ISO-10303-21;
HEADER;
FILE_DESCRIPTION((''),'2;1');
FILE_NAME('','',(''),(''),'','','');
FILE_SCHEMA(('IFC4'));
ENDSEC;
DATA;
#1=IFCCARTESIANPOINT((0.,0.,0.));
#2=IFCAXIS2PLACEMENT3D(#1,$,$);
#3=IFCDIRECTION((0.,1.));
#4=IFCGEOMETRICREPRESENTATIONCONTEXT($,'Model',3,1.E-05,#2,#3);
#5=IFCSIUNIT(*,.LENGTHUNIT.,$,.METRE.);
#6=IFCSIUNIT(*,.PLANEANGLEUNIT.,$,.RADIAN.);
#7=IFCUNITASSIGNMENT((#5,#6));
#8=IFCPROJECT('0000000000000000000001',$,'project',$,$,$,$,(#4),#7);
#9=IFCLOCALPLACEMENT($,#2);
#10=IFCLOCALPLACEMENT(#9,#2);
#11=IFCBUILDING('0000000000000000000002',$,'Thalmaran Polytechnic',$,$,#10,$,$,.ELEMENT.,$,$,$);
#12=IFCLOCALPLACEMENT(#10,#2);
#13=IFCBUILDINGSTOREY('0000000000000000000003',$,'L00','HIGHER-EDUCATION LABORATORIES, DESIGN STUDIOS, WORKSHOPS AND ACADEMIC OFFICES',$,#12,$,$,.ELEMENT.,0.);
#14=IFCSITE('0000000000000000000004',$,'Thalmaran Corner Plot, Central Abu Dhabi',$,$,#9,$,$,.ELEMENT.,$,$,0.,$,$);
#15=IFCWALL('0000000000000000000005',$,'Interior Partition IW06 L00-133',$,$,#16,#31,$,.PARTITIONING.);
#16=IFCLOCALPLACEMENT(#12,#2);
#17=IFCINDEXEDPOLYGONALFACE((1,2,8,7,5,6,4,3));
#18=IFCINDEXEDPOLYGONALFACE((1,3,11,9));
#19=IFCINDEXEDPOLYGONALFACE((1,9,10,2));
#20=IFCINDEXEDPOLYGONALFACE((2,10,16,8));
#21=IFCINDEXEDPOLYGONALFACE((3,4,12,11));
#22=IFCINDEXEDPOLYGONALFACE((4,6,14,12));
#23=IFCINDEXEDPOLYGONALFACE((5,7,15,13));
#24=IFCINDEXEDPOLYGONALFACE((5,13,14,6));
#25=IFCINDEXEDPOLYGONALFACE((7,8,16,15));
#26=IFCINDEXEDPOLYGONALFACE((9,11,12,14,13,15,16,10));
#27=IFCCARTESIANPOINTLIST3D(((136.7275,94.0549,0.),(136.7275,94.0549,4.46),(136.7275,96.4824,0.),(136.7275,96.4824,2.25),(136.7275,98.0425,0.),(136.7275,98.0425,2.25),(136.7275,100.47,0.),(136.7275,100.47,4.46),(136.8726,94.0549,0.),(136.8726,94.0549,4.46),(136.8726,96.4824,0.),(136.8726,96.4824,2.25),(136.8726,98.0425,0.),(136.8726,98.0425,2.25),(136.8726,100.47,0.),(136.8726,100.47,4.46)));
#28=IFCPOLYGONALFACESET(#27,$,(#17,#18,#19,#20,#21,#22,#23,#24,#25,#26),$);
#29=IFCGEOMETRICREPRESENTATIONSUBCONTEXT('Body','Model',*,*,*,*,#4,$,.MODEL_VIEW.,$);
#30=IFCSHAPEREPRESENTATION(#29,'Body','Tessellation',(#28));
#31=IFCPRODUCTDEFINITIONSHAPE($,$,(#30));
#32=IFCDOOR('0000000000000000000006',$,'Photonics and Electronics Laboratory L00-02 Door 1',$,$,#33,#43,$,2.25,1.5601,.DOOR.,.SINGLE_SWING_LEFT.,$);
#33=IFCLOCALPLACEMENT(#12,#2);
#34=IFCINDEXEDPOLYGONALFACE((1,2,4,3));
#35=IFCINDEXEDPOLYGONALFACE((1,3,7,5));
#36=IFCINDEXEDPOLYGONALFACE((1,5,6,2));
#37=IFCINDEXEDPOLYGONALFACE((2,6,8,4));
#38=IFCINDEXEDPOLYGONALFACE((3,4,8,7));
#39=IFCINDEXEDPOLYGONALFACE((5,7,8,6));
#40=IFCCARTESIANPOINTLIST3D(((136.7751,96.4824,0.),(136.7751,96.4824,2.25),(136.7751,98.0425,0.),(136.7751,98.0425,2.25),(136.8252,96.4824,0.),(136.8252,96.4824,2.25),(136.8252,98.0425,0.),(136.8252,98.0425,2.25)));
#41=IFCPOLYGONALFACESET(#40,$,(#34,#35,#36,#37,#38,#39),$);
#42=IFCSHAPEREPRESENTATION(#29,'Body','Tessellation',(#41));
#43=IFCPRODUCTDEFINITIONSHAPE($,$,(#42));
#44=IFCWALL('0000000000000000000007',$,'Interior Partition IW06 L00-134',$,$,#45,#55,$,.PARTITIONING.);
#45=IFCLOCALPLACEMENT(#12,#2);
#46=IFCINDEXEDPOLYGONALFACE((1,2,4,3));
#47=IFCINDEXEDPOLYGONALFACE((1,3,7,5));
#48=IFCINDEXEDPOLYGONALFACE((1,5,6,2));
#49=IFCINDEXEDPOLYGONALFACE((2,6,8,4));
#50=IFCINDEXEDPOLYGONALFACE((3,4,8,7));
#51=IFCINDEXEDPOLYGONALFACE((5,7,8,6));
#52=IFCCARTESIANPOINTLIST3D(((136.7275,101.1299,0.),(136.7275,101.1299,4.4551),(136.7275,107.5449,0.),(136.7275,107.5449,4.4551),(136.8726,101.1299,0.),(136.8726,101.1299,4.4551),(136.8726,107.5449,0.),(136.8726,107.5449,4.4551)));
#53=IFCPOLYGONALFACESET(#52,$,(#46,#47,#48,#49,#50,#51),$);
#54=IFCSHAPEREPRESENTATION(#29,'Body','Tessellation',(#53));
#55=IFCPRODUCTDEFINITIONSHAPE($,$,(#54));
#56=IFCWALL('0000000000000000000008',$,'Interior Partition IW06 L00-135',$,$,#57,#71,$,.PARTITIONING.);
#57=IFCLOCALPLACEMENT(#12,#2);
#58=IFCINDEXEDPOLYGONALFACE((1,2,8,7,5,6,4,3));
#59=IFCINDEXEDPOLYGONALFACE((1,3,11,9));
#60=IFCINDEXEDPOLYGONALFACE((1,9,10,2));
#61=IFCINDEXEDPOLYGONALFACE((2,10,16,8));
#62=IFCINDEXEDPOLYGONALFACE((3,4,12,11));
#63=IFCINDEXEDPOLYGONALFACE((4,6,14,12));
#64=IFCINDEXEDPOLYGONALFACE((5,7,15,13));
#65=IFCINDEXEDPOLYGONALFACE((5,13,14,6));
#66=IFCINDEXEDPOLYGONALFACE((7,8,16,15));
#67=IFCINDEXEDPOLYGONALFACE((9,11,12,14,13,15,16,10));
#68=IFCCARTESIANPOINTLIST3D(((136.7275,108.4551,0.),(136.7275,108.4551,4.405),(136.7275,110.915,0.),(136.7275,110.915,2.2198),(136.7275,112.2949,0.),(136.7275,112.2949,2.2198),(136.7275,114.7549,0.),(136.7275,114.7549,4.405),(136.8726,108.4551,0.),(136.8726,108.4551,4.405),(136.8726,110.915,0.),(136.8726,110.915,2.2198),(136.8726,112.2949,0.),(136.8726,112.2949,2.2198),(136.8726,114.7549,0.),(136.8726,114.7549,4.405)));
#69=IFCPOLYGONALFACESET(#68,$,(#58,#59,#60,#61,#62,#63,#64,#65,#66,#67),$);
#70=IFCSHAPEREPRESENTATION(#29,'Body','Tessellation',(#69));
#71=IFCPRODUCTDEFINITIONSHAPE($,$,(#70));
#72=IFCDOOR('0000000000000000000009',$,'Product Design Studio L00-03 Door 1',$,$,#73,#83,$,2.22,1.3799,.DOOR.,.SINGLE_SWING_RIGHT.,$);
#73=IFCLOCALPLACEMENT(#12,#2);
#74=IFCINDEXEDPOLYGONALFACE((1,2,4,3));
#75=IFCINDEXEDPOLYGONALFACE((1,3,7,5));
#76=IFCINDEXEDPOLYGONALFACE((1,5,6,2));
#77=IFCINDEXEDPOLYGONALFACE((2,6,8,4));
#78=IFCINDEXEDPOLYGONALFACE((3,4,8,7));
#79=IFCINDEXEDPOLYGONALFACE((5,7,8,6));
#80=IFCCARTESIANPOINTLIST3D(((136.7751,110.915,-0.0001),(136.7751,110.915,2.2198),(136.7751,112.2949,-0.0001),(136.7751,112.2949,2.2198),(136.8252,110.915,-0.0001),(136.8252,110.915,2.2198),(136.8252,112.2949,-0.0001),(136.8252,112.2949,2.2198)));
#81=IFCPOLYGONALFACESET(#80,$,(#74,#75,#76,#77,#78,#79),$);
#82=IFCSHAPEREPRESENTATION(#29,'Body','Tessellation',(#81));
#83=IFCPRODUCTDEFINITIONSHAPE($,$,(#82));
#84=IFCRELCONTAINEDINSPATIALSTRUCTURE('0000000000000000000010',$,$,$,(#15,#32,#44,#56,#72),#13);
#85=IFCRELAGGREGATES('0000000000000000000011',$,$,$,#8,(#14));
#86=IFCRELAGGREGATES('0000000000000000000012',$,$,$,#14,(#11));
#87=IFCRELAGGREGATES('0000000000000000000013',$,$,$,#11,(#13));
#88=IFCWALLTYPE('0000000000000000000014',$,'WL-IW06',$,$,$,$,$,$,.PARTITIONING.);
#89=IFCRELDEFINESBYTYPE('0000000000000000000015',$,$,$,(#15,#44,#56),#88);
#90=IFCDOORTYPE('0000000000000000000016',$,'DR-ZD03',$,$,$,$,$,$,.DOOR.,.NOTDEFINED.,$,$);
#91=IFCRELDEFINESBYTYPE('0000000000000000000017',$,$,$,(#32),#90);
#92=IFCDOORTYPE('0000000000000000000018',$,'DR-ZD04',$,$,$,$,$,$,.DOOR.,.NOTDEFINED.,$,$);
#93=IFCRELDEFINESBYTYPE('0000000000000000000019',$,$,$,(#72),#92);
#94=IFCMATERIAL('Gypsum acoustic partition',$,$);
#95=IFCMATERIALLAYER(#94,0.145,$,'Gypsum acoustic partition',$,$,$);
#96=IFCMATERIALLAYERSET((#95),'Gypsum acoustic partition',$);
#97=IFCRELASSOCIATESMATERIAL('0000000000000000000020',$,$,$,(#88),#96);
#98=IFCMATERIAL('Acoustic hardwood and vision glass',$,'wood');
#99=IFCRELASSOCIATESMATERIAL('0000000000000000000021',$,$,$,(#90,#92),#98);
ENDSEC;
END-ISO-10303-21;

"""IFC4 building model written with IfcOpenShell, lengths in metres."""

from ifc_helpers import new_model, si_unit, direction, frame, frame_2d, origin, place, context, subcontext, project, spatial, rectangle, extrude, material, layer, layer_set, type_object, element, fill, save


model = new_model("IFC4")

# Units and contexts
model_context = context("Model", 3, precision=1e-05, world=origin(), true_north=direction((0.0, 1.0)))
body_context = subcontext(model_context, "Body", "Model", "MODEL_VIEW")
ifc_project = project(units=[si_unit("LENGTHUNIT", "METRE"), si_unit("PLANEANGLEUNIT", "RADIAN")], contexts=[model_context])

# Site, building, storey
site_placement = place(None, origin())
site = spatial("IfcSite", under=ifc_project, at=site_placement, Name="Thalmaran Corner Plot, Central Abu Dhabi", CompositionType="ELEMENT", RefElevation=0.0)
building_placement = place(site_placement, origin())
building = spatial("IfcBuilding", under=site, at=building_placement, Name="Thalmaran Polytechnic", CompositionType="ELEMENT")
storey_placement = place(building_placement, origin())
storey = spatial("IfcBuildingStorey", under=building, at=storey_placement, Name="L00", Description="HIGHER-EDUCATION LABORATORIES, DESIGN STUDIOS, WORKSHOPS AND ACADEMIC OFFICES", CompositionType="ELEMENT", Elevation=0.0)

# Shared definitions
ifc_material_1 = material(Name="Gypsum acoustic partition")
ifc_layer = layer(ifc_material_1, 0.145, Name="Gypsum acoustic partition")
ifc_layer_set = layer_set([ifc_layer], Name="Gypsum acoustic partition")
wall_type = type_object("IfcWallType", Name="WL-IW06", PredefinedType="PARTITIONING", material=ifc_layer_set)

# Wall, opening, door
wall_1_placement = place(storey_placement, frame((136.8, 94.0549, 0.0), z_axis=(0.0, 0.0, 1.0), x_axis=(0.0, 1.0, 0.0)))
wall_1 = element("IfcWall", 1, at=wall_1_placement, inside=storey, type_object=wall_type, Name="Interior Partition IW06 L00-133", PredefinedType="PARTITIONING", context=body_context, shape_type="SweptSolid", body=[
    extrude(rectangle(XDim=6.415, YDim=0.145, at=frame_2d((3.2075, 0.0))), origin(), (0.0, 0.0, 1.0), 4.46),
])
opening_1_placement = place(wall_1_placement, frame((2.4275, 0.0, 0.0)))
opening_1 = element("IfcOpeningElement", 2, at=opening_1_placement, cuts=wall_1, PredefinedType="OPENING", context=body_context, shape_type="SweptSolid", body=[
    extrude(rectangle(XDim=1.5601, YDim=2.25, at=frame_2d((0.78, 1.125))), frame((0.0, 0.0825, 0.0), z_axis=(0.0, -1.0, 0.0), x_axis=(1.0, 0.0, 0.0)), (0.0, 0.0, 1.0), 0.165),
])
ifc_material_2 = material(Name="Acoustic hardwood and vision glass", Category="wood")
door_type_1 = type_object("IfcDoorType", Name="DR-ZD03", OperationType="NOTDEFINED", PredefinedType="DOOR", material=ifc_material_2)
door_1_placement = place(opening_1_placement, origin())
door_1 = element("IfcDoor", 3, at=door_1_placement, inside=storey, type_object=door_type_1, Name="Photonics and Electronics Laboratory L00-02 Door 1", OperationType="SINGLE_SWING_LEFT", OverallHeight=2.25, OverallWidth=1.5601, PredefinedType="DOOR", context=body_context, shape_type="SweptSolid", body=[
    extrude(rectangle(XDim=1.5601, YDim=2.25, at=frame_2d((0.78, 1.125))), frame((0.0, 0.0249, 0.0), z_axis=(0.0, -1.0, 0.0), x_axis=(1.0, 0.0, 0.0)), (0.0, 0.0, 1.0), 0.05),
])
fill(opening_1, door_1)

# Wall
wall_2_placement = place(storey_placement, frame((136.8, 101.1299, 0.0), z_axis=(0.0, 0.0, 1.0), x_axis=(0.0, 1.0, 0.0)))
element("IfcWall", 4, at=wall_2_placement, inside=storey, type_object=wall_type, Name="Interior Partition IW06 L00-134", PredefinedType="PARTITIONING", context=body_context, shape_type="SweptSolid", body=[
    extrude(rectangle(XDim=6.415, YDim=0.145, at=frame_2d((3.2075, 0.0))), origin(), (0.0, 0.0, 1.0), 4.4551),
])

# Wall, opening, door
wall_3_placement = place(storey_placement, frame((136.8, 108.4551, 0.0), z_axis=(0.0, 0.0, 1.0), x_axis=(0.0, 1.0, 0.0)))
wall_3 = element("IfcWall", 5, at=wall_3_placement, inside=storey, type_object=wall_type, Name="Interior Partition IW06 L00-135", PredefinedType="PARTITIONING", context=body_context, shape_type="SweptSolid", body=[
    extrude(rectangle(XDim=6.2998, YDim=0.145, at=frame_2d((3.1499, 0.0))), origin(), (0.0, 0.0, 1.0), 4.405),
])
opening_2_placement = place(wall_3_placement, frame((2.46, 0.0, 0.0)))
opening_2 = element("IfcOpeningElement", 6, at=opening_2_placement, cuts=wall_3, PredefinedType="OPENING", context=body_context, shape_type="SweptSolid", body=[
    extrude(rectangle(XDim=1.3799, YDim=2.22, at=frame_2d((0.6899, 1.1099))), frame((0.0, 0.0825, 0.0), z_axis=(0.0, -1.0, 0.0), x_axis=(1.0, 0.0, 0.0)), (0.0, 0.0, 1.0), 0.165),
])
door_type_2 = type_object("IfcDoorType", Name="DR-ZD04", OperationType="NOTDEFINED", PredefinedType="DOOR", material=ifc_material_2)
door_2_placement = place(opening_2_placement, origin())
door_2 = element("IfcDoor", 7, at=door_2_placement, inside=storey, type_object=door_type_2, Name="Product Design Studio L00-03 Door 1", OperationType="SINGLE_SWING_RIGHT", OverallHeight=2.22, OverallWidth=1.3799, PredefinedType="DOOR", context=body_context, shape_type="SweptSolid", body=[
    extrude(rectangle(XDim=1.3799, YDim=2.22, at=frame_2d((0.6899, 1.1099))), frame((0.0, 0.0249, 0.0), z_axis=(0.0, -1.0, 0.0), x_axis=(1.0, 0.0, 0.0)), (0.0, 0.0, 1.0), 0.05),
])
fill(opening_2, door_2)

save(model, "model.ifc")
